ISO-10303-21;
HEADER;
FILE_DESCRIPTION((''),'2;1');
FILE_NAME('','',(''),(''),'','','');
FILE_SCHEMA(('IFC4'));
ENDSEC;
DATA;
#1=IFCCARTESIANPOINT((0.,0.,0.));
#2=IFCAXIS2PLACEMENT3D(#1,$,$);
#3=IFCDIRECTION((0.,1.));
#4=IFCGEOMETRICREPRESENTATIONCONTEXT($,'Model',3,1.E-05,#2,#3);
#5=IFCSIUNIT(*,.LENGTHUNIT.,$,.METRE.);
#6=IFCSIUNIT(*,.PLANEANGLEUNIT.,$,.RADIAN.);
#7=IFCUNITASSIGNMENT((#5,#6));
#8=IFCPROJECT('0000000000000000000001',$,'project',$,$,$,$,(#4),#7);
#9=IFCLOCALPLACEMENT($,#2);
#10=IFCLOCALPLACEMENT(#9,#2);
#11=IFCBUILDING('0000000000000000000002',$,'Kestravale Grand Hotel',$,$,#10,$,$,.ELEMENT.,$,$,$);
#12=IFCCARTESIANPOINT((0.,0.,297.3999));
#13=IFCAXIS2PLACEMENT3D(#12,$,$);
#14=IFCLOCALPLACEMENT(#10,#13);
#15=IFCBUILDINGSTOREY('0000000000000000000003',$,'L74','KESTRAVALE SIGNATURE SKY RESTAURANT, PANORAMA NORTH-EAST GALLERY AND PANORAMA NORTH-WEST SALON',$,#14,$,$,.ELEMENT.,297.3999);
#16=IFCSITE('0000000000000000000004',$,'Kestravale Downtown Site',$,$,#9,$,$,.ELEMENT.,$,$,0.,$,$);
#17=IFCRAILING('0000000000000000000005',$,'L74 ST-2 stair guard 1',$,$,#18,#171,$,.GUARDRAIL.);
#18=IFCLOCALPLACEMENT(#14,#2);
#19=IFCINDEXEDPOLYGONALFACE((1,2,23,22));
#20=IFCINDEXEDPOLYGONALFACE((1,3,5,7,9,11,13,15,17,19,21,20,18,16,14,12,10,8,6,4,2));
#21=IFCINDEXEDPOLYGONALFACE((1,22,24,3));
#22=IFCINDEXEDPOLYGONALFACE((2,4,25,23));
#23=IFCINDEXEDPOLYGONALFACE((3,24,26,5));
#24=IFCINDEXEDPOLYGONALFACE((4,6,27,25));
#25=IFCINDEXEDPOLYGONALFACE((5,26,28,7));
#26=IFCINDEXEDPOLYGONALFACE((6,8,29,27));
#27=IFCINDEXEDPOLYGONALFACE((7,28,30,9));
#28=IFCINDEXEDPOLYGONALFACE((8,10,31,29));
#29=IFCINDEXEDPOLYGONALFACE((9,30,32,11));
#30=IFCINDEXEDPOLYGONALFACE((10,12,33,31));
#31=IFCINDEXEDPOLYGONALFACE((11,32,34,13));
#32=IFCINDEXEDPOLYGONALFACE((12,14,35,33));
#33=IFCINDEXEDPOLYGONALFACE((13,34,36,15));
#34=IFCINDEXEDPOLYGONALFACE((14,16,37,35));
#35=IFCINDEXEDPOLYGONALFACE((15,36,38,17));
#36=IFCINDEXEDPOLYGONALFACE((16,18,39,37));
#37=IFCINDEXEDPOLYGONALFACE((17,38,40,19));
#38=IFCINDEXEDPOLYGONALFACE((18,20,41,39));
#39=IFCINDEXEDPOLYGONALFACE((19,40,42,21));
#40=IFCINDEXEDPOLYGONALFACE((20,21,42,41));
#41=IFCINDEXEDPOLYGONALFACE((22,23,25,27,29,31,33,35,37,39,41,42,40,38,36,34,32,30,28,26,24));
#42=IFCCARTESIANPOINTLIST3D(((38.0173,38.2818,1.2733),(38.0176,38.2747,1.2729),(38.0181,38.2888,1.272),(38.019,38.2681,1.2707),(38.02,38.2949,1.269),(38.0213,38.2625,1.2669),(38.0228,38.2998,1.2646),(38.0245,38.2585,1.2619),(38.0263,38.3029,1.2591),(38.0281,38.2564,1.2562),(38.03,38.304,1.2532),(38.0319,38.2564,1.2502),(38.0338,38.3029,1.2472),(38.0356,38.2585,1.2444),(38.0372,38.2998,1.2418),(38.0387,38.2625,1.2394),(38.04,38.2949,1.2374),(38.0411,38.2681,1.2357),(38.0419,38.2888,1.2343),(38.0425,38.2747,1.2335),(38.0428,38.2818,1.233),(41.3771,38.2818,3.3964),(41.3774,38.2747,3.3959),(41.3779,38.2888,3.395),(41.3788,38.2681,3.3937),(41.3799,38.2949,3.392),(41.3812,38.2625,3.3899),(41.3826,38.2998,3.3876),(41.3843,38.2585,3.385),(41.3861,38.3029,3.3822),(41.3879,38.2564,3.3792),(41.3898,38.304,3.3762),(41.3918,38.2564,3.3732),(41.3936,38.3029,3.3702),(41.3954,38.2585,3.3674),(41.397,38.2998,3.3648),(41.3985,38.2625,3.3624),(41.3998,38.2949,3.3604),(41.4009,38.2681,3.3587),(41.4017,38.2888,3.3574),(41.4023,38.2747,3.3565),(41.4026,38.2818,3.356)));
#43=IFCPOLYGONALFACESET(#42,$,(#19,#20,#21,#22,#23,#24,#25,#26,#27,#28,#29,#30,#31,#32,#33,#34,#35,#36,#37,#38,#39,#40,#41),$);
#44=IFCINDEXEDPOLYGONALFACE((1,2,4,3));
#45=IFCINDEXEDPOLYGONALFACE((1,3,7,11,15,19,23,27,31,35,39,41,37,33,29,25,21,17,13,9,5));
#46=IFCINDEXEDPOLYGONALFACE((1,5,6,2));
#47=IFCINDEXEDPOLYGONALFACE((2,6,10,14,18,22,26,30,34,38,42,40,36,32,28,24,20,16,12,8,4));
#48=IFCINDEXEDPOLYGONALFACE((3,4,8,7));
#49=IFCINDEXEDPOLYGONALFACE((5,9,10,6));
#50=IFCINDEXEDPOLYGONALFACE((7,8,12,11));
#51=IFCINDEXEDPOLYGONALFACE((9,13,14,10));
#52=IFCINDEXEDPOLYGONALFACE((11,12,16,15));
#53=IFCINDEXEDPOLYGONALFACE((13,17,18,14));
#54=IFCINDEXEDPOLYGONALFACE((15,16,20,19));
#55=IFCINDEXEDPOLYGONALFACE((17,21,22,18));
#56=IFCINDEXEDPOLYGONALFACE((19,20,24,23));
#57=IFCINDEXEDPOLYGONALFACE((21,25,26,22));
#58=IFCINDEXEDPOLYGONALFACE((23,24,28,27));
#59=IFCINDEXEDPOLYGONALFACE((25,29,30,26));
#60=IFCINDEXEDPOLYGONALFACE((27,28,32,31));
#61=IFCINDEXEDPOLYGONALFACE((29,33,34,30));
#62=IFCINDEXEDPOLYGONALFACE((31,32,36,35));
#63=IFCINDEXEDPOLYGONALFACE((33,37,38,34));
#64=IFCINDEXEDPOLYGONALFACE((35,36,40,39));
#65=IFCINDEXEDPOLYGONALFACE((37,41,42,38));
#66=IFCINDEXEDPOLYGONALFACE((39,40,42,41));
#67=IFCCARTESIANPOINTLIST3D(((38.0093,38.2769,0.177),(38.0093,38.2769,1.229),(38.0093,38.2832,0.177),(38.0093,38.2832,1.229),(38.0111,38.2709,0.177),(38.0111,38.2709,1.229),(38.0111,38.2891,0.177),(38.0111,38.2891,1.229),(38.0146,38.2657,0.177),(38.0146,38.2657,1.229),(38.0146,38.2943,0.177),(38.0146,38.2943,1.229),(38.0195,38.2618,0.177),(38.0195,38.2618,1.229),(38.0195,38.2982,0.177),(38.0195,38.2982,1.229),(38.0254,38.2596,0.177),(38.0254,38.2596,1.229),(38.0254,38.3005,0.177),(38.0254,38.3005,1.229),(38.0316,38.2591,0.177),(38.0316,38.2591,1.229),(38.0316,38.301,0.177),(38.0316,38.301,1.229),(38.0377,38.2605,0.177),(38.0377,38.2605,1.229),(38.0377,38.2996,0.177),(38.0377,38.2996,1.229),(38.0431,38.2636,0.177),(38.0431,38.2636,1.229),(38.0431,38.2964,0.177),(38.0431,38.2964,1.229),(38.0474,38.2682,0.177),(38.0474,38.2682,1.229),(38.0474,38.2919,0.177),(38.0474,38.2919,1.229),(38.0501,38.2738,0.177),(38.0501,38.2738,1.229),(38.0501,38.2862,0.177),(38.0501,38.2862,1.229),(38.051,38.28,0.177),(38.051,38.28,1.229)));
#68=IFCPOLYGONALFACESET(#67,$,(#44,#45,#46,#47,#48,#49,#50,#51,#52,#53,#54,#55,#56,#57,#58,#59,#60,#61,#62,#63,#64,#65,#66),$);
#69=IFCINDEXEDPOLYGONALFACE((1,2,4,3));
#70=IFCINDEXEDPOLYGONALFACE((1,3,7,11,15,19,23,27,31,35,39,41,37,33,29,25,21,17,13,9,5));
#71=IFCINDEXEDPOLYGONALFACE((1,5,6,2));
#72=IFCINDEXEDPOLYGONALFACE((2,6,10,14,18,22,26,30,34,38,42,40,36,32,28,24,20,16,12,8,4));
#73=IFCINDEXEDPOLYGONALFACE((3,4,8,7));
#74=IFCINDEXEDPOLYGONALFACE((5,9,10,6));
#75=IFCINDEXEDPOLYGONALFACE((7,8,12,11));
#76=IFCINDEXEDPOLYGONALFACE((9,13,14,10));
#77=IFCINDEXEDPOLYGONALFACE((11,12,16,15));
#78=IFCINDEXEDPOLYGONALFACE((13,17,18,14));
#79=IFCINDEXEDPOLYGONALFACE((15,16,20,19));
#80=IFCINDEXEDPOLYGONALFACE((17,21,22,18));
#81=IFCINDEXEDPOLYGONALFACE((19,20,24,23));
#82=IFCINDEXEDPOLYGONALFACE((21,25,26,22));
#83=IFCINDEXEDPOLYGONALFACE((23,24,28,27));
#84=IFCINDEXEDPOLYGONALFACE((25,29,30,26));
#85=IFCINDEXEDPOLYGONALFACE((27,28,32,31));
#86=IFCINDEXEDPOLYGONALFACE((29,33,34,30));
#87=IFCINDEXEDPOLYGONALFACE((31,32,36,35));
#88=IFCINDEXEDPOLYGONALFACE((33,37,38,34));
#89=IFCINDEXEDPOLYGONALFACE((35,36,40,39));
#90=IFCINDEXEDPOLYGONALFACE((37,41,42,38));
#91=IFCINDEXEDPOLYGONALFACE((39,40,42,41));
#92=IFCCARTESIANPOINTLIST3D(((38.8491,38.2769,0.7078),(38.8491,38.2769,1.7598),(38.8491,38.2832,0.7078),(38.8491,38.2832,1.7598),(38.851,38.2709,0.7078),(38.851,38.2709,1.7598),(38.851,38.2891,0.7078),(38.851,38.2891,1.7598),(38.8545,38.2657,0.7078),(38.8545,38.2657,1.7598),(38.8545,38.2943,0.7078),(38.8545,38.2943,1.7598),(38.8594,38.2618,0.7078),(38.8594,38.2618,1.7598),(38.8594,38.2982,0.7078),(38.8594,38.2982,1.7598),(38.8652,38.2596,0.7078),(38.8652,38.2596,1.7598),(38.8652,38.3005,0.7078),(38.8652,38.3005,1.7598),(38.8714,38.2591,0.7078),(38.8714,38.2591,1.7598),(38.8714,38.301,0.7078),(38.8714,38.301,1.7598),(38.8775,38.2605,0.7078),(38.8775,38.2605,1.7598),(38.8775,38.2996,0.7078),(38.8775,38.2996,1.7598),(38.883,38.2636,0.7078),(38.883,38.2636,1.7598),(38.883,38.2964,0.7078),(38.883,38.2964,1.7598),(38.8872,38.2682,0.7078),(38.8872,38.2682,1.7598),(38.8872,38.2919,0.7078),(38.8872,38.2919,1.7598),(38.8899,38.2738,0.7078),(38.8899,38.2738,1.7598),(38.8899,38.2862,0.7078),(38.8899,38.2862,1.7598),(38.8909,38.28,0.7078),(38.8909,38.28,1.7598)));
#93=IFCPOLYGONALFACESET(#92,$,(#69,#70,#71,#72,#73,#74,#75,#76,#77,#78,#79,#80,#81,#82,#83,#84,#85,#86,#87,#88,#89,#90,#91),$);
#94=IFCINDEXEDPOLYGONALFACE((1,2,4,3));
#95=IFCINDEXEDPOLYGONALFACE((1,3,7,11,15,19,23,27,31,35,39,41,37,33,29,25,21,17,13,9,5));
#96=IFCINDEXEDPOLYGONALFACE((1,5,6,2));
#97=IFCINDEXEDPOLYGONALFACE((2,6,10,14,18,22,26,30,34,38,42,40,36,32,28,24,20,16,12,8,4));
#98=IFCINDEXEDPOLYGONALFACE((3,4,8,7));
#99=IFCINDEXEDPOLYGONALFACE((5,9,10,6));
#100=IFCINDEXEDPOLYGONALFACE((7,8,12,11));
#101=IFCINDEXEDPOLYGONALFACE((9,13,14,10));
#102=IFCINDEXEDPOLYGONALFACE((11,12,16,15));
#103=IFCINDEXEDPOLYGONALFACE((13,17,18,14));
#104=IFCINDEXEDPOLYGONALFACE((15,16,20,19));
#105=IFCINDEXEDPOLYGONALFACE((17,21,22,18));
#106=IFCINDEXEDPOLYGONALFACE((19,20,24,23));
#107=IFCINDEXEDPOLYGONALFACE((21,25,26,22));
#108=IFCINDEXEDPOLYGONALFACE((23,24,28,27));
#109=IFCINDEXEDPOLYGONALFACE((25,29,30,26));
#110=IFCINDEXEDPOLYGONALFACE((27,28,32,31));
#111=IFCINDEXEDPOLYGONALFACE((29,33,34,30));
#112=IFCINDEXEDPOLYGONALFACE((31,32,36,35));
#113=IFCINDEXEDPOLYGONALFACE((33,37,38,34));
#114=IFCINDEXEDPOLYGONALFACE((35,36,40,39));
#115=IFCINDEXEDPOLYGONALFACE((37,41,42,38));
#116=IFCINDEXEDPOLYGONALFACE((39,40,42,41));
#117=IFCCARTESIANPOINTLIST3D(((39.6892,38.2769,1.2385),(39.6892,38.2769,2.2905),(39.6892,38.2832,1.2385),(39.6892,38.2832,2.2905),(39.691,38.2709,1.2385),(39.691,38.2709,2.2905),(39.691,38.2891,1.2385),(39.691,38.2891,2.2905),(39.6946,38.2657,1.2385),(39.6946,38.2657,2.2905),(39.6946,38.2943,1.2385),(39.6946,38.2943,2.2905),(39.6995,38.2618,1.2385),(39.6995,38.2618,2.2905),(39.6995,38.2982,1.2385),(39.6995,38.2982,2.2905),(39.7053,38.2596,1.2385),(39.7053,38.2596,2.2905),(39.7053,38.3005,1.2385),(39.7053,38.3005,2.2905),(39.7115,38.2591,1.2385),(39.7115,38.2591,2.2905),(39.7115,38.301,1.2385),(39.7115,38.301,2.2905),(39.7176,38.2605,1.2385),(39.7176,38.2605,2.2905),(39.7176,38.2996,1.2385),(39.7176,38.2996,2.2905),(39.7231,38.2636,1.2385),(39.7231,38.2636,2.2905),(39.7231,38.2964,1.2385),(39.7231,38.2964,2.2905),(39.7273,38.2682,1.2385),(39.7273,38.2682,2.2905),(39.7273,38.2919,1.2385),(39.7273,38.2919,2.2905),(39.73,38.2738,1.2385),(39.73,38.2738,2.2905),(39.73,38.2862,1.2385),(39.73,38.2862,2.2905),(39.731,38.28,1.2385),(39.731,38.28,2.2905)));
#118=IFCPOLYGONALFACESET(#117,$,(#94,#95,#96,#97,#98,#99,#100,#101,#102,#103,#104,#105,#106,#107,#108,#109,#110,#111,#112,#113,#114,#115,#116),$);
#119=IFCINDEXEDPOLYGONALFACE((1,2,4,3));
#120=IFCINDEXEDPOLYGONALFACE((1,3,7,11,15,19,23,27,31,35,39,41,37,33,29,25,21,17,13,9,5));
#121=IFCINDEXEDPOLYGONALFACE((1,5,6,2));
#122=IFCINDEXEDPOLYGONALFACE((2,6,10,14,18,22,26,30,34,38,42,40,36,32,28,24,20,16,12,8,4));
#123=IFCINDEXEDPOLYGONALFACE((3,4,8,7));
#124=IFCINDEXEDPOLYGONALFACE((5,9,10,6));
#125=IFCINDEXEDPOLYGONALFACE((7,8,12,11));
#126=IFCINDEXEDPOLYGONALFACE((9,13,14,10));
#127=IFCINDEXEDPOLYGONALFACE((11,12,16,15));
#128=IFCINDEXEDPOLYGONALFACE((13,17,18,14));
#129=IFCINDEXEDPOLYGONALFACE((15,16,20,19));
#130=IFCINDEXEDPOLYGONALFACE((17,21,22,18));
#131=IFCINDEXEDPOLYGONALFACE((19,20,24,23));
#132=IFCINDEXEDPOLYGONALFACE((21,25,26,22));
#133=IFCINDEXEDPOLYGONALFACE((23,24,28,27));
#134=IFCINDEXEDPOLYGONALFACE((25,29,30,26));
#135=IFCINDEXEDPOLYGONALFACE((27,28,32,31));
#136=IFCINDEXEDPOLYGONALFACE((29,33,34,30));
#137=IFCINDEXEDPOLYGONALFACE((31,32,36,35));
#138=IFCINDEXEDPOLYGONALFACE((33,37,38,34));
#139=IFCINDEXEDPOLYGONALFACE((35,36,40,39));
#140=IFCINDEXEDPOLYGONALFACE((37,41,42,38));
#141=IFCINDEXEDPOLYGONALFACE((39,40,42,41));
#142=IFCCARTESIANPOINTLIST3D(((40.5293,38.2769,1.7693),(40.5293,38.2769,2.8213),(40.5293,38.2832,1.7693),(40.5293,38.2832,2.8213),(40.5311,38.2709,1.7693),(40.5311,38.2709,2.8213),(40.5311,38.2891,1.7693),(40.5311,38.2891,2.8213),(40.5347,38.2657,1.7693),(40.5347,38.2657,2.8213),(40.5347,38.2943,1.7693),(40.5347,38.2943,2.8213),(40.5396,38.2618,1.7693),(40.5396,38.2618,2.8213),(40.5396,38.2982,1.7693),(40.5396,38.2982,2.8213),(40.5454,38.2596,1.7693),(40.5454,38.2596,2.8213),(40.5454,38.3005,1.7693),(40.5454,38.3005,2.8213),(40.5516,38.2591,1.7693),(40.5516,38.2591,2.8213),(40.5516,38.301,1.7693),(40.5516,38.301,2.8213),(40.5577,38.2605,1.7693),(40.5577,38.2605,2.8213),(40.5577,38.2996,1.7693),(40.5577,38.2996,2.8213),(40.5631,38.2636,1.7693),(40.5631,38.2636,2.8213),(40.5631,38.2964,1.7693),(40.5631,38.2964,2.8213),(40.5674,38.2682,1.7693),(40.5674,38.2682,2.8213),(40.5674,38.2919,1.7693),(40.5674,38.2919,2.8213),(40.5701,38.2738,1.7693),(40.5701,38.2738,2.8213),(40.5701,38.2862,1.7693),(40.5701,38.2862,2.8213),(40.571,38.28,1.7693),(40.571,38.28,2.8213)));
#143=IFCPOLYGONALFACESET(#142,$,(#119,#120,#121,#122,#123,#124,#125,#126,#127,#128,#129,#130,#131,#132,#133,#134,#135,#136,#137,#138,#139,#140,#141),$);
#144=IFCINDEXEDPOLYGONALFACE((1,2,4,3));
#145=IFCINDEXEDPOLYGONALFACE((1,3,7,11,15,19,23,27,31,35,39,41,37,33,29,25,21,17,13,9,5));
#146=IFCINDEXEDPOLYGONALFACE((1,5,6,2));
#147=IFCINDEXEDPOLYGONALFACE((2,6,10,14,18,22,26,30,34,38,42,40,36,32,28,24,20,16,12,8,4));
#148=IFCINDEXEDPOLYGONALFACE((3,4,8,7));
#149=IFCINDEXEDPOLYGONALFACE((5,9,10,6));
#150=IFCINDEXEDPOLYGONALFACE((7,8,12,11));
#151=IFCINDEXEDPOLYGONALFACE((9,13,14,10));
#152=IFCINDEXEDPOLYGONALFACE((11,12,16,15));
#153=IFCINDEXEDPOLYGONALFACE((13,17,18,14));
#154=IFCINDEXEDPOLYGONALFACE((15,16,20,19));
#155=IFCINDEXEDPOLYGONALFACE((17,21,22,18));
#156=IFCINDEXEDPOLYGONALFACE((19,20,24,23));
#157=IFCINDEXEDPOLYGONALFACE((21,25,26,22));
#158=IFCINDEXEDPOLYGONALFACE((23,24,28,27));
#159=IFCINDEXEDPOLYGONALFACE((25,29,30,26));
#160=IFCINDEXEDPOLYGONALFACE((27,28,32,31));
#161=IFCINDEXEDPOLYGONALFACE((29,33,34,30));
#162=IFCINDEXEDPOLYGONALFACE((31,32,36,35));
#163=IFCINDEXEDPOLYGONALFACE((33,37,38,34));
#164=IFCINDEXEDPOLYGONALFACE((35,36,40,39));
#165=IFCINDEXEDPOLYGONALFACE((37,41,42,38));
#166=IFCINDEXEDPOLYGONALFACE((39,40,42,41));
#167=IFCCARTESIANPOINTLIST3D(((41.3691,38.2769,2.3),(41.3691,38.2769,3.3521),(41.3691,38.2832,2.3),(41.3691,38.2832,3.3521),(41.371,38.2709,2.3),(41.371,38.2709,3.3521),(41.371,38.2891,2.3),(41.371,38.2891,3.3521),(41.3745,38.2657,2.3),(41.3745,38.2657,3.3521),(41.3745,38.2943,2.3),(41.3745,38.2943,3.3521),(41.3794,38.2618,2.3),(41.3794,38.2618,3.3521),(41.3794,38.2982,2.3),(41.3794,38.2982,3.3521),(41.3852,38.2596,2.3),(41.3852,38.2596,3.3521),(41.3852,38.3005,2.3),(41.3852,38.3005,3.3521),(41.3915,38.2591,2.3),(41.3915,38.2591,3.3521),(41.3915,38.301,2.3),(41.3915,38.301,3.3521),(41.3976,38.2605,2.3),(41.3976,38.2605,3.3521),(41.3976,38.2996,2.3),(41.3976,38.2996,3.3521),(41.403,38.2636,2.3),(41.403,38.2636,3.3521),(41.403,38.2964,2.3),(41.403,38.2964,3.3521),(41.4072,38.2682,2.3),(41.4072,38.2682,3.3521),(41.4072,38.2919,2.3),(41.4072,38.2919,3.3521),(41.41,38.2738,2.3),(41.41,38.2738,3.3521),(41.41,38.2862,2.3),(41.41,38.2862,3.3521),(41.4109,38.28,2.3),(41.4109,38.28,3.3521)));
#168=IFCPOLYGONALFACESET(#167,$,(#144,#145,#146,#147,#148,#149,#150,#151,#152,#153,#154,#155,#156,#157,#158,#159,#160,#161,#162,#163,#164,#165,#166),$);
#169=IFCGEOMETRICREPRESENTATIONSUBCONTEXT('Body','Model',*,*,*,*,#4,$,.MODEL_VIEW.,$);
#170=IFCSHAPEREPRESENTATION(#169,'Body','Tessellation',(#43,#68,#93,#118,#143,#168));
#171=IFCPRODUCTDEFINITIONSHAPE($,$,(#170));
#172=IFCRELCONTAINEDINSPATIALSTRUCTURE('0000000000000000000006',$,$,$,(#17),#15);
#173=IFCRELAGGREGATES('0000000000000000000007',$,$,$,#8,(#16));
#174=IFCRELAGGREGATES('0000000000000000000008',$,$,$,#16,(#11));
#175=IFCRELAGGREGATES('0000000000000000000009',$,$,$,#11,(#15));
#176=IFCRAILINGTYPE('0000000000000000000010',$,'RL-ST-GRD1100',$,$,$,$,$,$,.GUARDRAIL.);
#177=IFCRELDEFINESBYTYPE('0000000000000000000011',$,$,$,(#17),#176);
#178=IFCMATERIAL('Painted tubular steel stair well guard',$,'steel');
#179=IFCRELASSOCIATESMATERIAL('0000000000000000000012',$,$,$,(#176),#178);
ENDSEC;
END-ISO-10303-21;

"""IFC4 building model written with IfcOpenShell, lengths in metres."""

from ifc_helpers import new_model, si_unit, direction, frame, origin, origin_2d, place, context, subcontext, project, spatial, circle, extrude, material, type_object, element, save


model = new_model("IFC4")

# Units and contexts
model_context = context("Model", 3, precision=1e-05, world=origin(), true_north=direction((0.0, 1.0)))
body_context = subcontext(model_context, "Body", "Model", "MODEL_VIEW")
ifc_project = project(units=[si_unit("LENGTHUNIT", "METRE"), si_unit("PLANEANGLEUNIT", "RADIAN")], contexts=[model_context])

# Site, building, storey
site_placement = place(None, origin())
site = spatial("IfcSite", under=ifc_project, at=site_placement, Name="Kestravale Downtown Site", CompositionType="ELEMENT", RefElevation=0.0)
building_placement = place(site_placement, origin())
building = spatial("IfcBuilding", under=site, at=building_placement, Name="Kestravale Grand Hotel", CompositionType="ELEMENT")
storey_placement = place(building_placement, frame((0.0, 0.0, 297.3999)))
storey = spatial("IfcBuildingStorey", under=building, at=storey_placement, Name="L74", Description="KESTRAVALE SIGNATURE SKY RESTAURANT, PANORAMA NORTH-EAST GALLERY AND PANORAMA NORTH-WEST SALON", CompositionType="ELEMENT", Elevation=297.3999)

# Railing
ifc_material_1 = material(Name="Painted tubular steel stair well guard", Category="steel")
railing_type_1 = type_object("IfcRailingType", Name="RL-ST-GRD1100", PredefinedType="GUARDRAIL", material=ifc_material_1)
railing_1_placement = place(storey_placement, frame((38.03, 38.28, 0.177)))
element("IfcRailing", 1, at=railing_1_placement, inside=storey, type_object=railing_type_1, Name="L74 ST-2 stair guard 1", PredefinedType="GUARDRAIL", context=body_context, shape_type="SweptSolid", body=[
    extrude(circle(Radius=0.0239, at=origin_2d()), frame((0.0, 0.0, 1.0762), z_axis=(0.845372, 0.0, 0.534178), x_axis=(0.0, 1.0, 0.0)), (0.0, 0.0, 1.0), 3.9744),
    extrude(circle(Radius=0.021, at=origin_2d()), origin(), (0.0, 0.0, 1.0), 1.052),
    extrude(circle(Radius=0.021, at=origin_2d()), frame((0.8398, 0.0, 0.5308)), (0.0, 0.0, 1.0), 1.052),
    extrude(circle(Radius=0.021, at=origin_2d()), frame((1.6799, 0.0, 1.0615)), (0.0, 0.0, 1.0), 1.052),
    extrude(circle(Radius=0.021, at=origin_2d()), frame((2.52, 0.0, 1.5923)), (0.0, 0.0, 1.0), 1.052),
    extrude(circle(Radius=0.021, at=origin_2d()), frame((3.3599, 0.0, 2.123)), (0.0, 0.0, 1.0), 1.052),
])

save(model, "model.ifc")
